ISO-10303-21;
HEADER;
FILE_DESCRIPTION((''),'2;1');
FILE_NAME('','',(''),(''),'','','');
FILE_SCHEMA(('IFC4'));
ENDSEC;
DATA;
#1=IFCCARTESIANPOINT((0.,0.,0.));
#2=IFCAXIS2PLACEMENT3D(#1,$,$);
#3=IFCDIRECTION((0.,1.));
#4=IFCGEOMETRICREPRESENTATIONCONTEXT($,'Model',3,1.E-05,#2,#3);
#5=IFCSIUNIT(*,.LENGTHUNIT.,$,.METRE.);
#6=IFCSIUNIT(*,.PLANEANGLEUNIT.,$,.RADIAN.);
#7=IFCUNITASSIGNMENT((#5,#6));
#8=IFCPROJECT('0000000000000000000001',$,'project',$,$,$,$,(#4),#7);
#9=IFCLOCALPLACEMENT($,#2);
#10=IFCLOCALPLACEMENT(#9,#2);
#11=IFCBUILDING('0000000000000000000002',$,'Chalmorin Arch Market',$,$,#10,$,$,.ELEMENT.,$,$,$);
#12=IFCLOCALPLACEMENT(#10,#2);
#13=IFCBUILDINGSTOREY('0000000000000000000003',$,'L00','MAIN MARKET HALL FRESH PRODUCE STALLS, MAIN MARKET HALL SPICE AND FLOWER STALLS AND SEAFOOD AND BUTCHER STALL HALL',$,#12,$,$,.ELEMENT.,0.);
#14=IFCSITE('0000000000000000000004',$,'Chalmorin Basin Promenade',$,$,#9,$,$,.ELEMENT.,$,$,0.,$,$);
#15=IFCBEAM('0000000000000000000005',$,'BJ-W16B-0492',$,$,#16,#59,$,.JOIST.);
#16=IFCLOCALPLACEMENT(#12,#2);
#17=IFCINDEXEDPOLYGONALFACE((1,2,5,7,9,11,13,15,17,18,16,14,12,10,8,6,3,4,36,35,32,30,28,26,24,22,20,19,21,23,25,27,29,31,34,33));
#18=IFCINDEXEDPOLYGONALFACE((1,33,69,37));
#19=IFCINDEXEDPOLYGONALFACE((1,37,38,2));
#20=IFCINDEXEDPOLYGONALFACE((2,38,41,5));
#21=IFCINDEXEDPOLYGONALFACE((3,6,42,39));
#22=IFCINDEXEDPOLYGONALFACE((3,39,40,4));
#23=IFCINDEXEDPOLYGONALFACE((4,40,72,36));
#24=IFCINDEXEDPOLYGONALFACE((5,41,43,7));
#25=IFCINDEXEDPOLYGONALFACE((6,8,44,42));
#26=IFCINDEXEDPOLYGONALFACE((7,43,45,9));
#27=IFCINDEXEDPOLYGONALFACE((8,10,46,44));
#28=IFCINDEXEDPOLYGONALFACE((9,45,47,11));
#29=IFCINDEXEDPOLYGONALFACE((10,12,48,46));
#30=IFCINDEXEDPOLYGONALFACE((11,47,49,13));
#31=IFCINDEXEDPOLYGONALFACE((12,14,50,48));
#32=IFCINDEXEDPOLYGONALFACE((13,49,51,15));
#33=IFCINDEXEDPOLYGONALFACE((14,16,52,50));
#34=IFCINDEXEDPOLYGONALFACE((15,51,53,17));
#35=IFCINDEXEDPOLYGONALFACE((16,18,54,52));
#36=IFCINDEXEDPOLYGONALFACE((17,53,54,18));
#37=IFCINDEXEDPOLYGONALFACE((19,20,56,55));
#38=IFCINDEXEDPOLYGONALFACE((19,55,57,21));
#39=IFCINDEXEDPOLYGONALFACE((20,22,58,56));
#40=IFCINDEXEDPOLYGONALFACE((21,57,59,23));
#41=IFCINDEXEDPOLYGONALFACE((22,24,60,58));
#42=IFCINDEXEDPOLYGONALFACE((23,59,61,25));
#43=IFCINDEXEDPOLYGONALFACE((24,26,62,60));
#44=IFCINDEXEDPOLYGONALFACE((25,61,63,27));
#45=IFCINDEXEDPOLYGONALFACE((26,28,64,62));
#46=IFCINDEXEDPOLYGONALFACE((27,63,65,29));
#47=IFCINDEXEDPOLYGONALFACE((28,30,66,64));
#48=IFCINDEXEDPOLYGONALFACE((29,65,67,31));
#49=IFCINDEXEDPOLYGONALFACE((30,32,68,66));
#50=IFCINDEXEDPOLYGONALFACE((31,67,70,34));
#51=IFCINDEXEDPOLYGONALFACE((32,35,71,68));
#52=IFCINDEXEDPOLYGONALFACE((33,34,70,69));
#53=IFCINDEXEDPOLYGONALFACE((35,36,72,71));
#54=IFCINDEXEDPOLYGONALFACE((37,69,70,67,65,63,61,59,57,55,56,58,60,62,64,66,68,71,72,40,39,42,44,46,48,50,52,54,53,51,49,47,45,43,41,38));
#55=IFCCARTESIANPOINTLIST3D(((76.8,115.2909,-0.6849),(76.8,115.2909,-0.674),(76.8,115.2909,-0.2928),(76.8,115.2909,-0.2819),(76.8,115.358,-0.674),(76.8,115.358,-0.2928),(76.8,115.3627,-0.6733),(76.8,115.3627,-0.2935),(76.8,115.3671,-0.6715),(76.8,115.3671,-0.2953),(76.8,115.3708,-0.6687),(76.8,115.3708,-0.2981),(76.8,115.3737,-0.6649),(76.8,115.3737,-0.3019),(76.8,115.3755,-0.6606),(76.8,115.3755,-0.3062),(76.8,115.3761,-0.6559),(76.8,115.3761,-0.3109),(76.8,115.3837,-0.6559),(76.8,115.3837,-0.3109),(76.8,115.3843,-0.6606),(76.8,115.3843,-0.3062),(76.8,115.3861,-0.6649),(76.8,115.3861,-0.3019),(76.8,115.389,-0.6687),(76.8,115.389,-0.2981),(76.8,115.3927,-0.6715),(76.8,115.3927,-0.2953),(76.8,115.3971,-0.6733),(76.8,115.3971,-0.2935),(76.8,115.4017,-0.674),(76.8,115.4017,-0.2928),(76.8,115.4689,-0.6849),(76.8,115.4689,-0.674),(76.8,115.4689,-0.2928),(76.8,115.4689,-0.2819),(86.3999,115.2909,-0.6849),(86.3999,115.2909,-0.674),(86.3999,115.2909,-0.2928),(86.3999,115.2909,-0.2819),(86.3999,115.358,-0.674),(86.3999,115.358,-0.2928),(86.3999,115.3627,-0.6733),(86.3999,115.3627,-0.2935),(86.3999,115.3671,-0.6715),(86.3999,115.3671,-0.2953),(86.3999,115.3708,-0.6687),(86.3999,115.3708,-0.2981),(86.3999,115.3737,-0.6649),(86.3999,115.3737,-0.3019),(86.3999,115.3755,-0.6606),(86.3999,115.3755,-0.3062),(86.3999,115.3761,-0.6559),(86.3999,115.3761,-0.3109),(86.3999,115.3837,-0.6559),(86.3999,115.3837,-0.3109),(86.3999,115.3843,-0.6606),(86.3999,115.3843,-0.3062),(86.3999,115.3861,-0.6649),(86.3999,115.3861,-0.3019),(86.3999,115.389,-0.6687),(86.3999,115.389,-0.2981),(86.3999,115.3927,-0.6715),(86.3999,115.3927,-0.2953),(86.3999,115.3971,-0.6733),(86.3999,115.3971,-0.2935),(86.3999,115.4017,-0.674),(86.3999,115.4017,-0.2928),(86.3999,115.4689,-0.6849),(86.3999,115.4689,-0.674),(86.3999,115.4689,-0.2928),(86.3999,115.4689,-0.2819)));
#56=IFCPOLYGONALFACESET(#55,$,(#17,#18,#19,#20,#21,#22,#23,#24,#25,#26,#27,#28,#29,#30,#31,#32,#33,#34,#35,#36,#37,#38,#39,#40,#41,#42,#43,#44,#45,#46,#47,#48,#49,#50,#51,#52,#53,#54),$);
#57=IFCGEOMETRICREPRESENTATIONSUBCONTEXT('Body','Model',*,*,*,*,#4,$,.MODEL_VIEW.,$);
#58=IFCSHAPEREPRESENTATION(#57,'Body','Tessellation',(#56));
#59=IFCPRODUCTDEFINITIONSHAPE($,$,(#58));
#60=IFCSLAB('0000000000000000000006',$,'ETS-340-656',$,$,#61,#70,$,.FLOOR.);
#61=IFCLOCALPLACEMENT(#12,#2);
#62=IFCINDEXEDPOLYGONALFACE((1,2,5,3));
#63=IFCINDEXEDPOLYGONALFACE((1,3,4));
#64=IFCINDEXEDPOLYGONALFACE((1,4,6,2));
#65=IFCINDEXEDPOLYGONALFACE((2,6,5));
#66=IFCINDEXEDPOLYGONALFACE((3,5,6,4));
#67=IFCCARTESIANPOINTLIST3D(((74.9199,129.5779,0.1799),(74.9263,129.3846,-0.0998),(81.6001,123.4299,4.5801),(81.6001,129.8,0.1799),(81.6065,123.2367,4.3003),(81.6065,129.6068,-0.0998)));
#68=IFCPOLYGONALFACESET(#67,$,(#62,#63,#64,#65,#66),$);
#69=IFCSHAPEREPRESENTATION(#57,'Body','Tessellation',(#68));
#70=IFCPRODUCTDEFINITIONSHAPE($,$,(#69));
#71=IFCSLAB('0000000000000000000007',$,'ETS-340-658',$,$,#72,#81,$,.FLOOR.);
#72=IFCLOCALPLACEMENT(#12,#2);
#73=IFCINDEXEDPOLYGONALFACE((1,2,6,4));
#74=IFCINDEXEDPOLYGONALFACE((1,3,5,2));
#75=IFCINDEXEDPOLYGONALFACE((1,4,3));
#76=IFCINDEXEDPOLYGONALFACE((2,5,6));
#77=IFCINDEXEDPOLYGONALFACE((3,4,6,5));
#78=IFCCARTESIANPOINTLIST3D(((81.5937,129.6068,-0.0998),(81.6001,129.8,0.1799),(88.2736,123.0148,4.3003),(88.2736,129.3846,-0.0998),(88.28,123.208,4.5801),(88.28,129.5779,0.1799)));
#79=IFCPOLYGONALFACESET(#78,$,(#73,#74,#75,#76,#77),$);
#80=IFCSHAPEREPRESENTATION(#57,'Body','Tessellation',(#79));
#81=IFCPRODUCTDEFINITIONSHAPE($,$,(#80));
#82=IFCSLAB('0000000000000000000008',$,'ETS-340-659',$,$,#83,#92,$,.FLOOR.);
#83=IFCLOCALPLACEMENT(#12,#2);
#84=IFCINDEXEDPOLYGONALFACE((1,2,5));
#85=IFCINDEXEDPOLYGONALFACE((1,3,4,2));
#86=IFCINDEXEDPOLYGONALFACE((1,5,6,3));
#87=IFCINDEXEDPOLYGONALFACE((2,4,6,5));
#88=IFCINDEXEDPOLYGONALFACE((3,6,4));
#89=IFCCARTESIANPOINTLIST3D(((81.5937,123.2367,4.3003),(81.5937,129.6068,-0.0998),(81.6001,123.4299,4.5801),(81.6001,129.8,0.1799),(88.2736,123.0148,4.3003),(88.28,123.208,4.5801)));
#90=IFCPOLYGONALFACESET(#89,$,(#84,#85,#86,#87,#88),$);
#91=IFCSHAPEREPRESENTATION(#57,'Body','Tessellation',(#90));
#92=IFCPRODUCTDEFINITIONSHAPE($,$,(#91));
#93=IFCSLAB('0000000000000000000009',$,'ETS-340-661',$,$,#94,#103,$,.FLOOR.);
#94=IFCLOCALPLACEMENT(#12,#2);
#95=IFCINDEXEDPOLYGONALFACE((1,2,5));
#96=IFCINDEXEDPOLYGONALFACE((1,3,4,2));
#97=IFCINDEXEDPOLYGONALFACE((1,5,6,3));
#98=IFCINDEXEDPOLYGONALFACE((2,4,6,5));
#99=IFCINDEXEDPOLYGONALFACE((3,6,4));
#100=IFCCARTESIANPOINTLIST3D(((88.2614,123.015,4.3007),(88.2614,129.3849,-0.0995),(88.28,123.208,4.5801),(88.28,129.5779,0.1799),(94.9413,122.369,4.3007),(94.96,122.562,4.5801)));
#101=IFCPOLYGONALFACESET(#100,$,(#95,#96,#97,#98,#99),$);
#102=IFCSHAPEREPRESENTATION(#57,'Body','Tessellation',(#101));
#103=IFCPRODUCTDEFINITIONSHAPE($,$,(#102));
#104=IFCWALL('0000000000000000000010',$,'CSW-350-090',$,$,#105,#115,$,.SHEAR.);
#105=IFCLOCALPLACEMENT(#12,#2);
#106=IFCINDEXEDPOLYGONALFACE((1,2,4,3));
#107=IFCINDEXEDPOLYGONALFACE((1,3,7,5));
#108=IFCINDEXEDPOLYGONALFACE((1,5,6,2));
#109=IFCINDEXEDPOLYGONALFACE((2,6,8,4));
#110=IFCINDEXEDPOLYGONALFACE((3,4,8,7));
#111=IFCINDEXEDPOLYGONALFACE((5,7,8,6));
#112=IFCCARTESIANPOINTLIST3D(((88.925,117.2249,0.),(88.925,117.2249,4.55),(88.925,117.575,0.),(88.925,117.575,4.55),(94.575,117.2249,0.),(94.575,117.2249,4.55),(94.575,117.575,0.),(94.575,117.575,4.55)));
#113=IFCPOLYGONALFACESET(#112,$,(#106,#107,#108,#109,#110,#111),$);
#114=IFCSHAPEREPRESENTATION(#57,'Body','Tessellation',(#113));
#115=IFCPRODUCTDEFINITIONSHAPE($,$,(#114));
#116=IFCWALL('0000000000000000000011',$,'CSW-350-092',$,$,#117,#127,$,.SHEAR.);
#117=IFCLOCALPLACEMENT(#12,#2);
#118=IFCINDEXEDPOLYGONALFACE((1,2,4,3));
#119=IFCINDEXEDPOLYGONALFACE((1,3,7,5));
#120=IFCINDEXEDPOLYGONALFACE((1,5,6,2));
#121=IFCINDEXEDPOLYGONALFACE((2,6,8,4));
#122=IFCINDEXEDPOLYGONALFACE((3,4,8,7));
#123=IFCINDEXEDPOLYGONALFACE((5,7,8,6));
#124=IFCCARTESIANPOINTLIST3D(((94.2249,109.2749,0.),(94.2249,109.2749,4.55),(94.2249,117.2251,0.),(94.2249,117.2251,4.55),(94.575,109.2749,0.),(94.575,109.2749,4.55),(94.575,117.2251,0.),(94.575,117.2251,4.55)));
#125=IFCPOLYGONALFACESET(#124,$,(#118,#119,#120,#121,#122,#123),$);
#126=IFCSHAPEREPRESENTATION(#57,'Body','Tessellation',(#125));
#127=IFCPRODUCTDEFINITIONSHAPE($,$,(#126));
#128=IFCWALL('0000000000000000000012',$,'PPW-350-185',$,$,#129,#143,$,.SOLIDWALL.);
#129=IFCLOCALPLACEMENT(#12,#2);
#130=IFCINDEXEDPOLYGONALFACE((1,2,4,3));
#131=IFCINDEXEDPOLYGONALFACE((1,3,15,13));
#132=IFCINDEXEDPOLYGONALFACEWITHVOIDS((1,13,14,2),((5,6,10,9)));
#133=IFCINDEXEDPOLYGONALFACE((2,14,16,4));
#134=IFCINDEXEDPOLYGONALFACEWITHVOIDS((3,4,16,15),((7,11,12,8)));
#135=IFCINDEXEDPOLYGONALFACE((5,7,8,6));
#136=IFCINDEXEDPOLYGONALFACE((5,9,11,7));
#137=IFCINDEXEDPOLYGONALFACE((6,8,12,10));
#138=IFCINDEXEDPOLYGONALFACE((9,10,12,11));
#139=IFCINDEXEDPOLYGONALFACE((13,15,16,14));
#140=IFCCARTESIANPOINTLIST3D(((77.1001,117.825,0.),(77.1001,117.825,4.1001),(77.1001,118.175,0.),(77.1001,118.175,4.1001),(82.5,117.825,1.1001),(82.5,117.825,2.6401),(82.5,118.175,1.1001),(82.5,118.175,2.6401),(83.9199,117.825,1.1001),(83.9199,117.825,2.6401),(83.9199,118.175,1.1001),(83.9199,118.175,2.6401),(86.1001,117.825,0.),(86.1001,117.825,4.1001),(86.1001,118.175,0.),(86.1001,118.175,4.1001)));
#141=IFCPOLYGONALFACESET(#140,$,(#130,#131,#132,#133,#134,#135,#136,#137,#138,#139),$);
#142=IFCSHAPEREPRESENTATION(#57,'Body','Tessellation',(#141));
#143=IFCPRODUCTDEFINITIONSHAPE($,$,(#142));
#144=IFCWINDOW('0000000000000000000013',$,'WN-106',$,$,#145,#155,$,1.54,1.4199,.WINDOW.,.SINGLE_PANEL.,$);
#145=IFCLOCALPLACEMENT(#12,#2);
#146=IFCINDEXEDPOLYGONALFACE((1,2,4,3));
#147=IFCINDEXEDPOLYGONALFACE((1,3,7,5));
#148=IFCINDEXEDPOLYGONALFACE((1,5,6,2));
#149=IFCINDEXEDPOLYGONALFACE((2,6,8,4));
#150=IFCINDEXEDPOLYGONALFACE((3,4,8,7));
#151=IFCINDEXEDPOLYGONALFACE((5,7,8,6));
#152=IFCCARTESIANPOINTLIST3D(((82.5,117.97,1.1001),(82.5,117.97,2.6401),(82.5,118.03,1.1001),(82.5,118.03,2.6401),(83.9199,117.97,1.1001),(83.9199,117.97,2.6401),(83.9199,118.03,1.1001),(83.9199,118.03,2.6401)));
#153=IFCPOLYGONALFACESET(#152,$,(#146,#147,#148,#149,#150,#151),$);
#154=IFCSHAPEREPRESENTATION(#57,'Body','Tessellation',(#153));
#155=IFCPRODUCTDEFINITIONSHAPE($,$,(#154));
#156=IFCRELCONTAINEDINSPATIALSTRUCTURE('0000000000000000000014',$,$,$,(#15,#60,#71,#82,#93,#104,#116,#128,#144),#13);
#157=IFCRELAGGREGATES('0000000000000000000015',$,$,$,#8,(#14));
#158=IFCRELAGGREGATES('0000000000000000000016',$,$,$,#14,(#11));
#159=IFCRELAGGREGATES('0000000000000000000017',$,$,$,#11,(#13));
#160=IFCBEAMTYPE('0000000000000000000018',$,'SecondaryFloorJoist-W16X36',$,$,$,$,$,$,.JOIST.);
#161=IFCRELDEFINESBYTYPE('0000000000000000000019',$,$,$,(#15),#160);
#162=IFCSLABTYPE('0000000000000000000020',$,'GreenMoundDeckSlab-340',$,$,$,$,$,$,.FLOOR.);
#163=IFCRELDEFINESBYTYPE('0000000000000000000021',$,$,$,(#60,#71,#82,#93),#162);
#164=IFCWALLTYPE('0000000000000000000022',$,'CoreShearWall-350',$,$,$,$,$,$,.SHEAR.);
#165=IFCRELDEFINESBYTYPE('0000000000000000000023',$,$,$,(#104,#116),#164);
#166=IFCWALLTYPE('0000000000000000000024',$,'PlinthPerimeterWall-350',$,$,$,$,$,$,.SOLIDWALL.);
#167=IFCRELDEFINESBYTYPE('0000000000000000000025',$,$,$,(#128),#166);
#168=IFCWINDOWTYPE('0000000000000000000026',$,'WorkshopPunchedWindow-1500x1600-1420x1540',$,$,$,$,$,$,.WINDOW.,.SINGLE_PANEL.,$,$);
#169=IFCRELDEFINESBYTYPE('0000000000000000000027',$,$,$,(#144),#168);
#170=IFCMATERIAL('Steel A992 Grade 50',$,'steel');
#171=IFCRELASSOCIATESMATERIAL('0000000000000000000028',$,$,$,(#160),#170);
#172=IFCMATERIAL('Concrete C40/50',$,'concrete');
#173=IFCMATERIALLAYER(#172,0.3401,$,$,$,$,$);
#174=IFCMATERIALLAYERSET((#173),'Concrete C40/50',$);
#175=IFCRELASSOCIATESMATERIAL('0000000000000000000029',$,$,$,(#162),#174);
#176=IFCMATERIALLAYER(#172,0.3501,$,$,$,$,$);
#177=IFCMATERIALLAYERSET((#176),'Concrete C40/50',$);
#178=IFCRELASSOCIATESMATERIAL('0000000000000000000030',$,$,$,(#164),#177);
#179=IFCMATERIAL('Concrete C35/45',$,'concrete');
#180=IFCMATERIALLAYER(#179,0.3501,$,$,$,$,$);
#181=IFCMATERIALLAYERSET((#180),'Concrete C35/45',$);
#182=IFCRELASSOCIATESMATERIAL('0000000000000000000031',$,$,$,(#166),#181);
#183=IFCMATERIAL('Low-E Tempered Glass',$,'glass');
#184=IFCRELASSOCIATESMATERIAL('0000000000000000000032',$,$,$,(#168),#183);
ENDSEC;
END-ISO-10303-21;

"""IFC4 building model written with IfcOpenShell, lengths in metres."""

from ifc_helpers import new_model, si_unit, direction, frame, frame_2d, origin, origin_2d, place, context, subcontext, project, spatial, polyline, rectangle, i_section, outline, extrude, material, layer, layer_set, material_profile, profile_set, type_object, element, fill, save


model = new_model("IFC4")

# Units and contexts
model_context = context("Model", 3, precision=1e-05, world=origin(), true_north=direction((0.0, 1.0)))
body_context = subcontext(model_context, "Body", "Model", "MODEL_VIEW")
ifc_project = project(units=[si_unit("LENGTHUNIT", "METRE"), si_unit("PLANEANGLEUNIT", "RADIAN")], contexts=[model_context])

# Site, building, storey
site_placement = place(None, origin())
site = spatial("IfcSite", under=ifc_project, at=site_placement, Name="Chalmorin Basin Promenade", CompositionType="ELEMENT", RefElevation=0.0)
building_placement = place(site_placement, origin())
building = spatial("IfcBuilding", under=site, at=building_placement, Name="Chalmorin Arch Market", CompositionType="ELEMENT")
storey_placement = place(building_placement, origin())
storey = spatial("IfcBuildingStorey", under=building, at=storey_placement, Name="L00", Description="MAIN MARKET HALL FRESH PRODUCE STALLS, MAIN MARKET HALL SPICE AND FLOWER STALLS AND SEAFOOD AND BUTCHER STALL HALL", CompositionType="ELEMENT", Elevation=0.0)

# Shared definitions
ifc_material_1 = material(Name="Concrete C40/50", Category="concrete")

# Beam
ifc_material_2 = material(Name="Steel A992 Grade 50", Category="steel")
ifc_material_profile_1 = material_profile(ifc_material_2, i_section(OverallWidth=0.178, OverallDepth=0.4031, WebThickness=0.0076, FlangeThickness=0.011, FilletRadius=0.0181, at=origin_2d()), Name="W16X36")
ifc_profile_set_1 = profile_set([ifc_material_profile_1], Name="Steel A992 Grade 50")
beam_type_1 = type_object("IfcBeamType", Name="SecondaryFloorJoist-W16X36", PredefinedType="JOIST", material=ifc_profile_set_1)
beam_1_placement = place(storey_placement, frame((76.8, 115.3799, -0.4834), z_axis=(1.0, 0.0, 0.0), x_axis=(0.0, 1.0, 0.0)))
element("IfcBeam", 1, at=beam_1_placement, inside=storey, type_object=beam_type_1, Name="BJ-W16B-0492", PredefinedType="JOIST", context=body_context, shape_type="SweptSolid", body=[
    extrude(i_section(OverallWidth=0.178, OverallDepth=0.4031, WebThickness=0.0076, FlangeThickness=0.011, FilletRadius=0.0181, at=origin_2d()), origin(), (0.0, 0.0, 1.0), 9.5999),
])

# Slabs
ifc_layer_1 = layer(ifc_material_1, 0.3401)
ifc_layer_set_1 = layer_set([ifc_layer_1], Name="Concrete C40/50")
slab_type = type_object("IfcSlabType", Name="GreenMoundDeckSlab-340", PredefinedType="FLOOR", material=ifc_layer_set_1)
slab_1_placement = place(storey_placement, frame((81.6001, 123.4299, 4.5801), z_axis=(-0.018898, 0.568241, 0.822645), x_axis=(0.0, 0.822792, -0.568342)))
element("IfcSlab", 2, at=slab_1_placement, inside=storey, type_object=slab_type, Name="ETS-340-656", PredefinedType="FLOOR", context=body_context, shape_type="SweptSolid", body=[
    extrude(outline(polyline([(0.0, 0.0), (7.7421, 0.0), (7.5593, 6.6814), (0.0, 0.0)])), origin(), (0.0, 0.0, -1.0), 0.3401),
])
slab_2_placement = place(storey_placement, frame((88.28, 123.208, 4.5801), z_axis=(0.0189, 0.568255, 0.822635), x_axis=(0.0, 0.822782, -0.568357)))
element("IfcSlab", 3, at=slab_2_placement, inside=storey, type_object=slab_type, Name="ETS-340-658", PredefinedType="FLOOR", context=body_context, shape_type="SweptSolid", body=[
    extrude(outline(polyline([(0.0, 0.0), (7.7419, 0.0), (7.9247, 6.6811), (0.0, 0.0)])), origin(), (0.0, 0.0, -1.0), 0.3401),
])
slab_3_placement = place(storey_placement, frame((81.6001, 123.4299, 4.5801), z_axis=(0.018878, 0.568241, 0.822646), x_axis=(0.999449, -0.033204, 0.0)))
element("IfcSlab", 4, at=slab_3_placement, inside=storey, type_object=slab_type, Name="ETS-340-659", PredefinedType="FLOOR", context=body_context, shape_type="SweptSolid", body=[
    extrude(outline(polyline([(0.0, 0.0), (6.6836, 0.0), (-0.2115, 7.7392), (0.0, 0.0)])), origin(), (0.0, 0.0, -1.0), 0.3401),
])
slab_4_placement = place(storey_placement, frame((88.28, 123.208, 4.5801), z_axis=(0.054881, 0.5675, 0.821542), x_axis=(0.995356, -0.096258, 0.0)))
element("IfcSlab", 5, at=slab_4_placement, inside=storey, type_object=slab_type, Name="ETS-340-661", PredefinedType="FLOOR", context=body_context, shape_type="SweptSolid", body=[
    extrude(outline(polyline([(0.0, 0.0), (6.7111, 0.0), (-0.6132, 7.7176), (0.0, 0.0)])), origin(), (0.0, 0.0, -1.0), 0.3401),
])

# Walls
ifc_layer_2 = layer(ifc_material_1, 0.3501)
ifc_layer_set_2 = layer_set([ifc_layer_2], Name="Concrete C40/50")
wall_type_1 = type_object("IfcWallType", Name="CoreShearWall-350", PredefinedType="SHEAR", material=ifc_layer_set_2)
wall_1_placement = place(storey_placement, frame((88.925, 117.3999, 0.0), z_axis=(0.0, 0.0, 1.0), x_axis=(1.0, 0.0, 0.0)))
element("IfcWall", 6, at=wall_1_placement, inside=storey, type_object=wall_type_1, Name="CSW-350-090", PredefinedType="SHEAR", context=body_context, shape_type="SweptSolid", body=[
    extrude(rectangle(XDim=5.6499, YDim=0.3501, at=frame_2d((2.825, 0.0))), origin(), (0.0, 0.0, 1.0), 4.55),
])
wall_2_placement = place(storey_placement, frame((94.3999, 117.2251, 0.0), z_axis=(0.0, 0.0, 1.0), x_axis=(0.0, -1.0, 0.0)))
element("IfcWall", 7, at=wall_2_placement, inside=storey, type_object=wall_type_1, Name="CSW-350-092", PredefinedType="SHEAR", context=body_context, shape_type="SweptSolid", body=[
    extrude(rectangle(XDim=7.9502, YDim=0.3501, at=frame_2d((3.9751, 0.0))), origin(), (0.0, 0.0, 1.0), 4.55),
])

# Wall, opening, window
ifc_material_3 = material(Name="Concrete C35/45", Category="concrete")
ifc_layer_3 = layer(ifc_material_3, 0.3501)
ifc_layer_set_3 = layer_set([ifc_layer_3], Name="Concrete C35/45")
wall_type_2 = type_object("IfcWallType", Name="PlinthPerimeterWall-350", PredefinedType="SOLIDWALL", material=ifc_layer_set_3)
wall_3_placement = place(storey_placement, frame((77.1001, 118.0, 0.0), z_axis=(0.0, 0.0, 1.0), x_axis=(1.0, 0.0, 0.0)))
wall_3 = element("IfcWall", 8, at=wall_3_placement, inside=storey, type_object=wall_type_2, Name="PPW-350-185", PredefinedType="SOLIDWALL", context=body_context, shape_type="SweptSolid", body=[
    extrude(rectangle(XDim=9.0, YDim=0.3501, at=frame_2d((4.5, 0.0))), origin(), (0.0, 0.0, 1.0), 4.1001),
])
opening_1_placement = place(wall_3_placement, frame((5.3999, 0.0, 1.1001)))
opening_1 = element("IfcOpeningElement", 9, at=opening_1_placement, cuts=wall_3, PredefinedType="OPENING", context=body_context, shape_type="SweptSolid", body=[
    extrude(rectangle(XDim=1.4199, YDim=1.54, at=frame_2d((0.71, 0.77))), frame((0.0, 0.1851, 0.0), z_axis=(0.0, -1.0, 0.0), x_axis=(1.0, 0.0, 0.0)), (0.0, 0.0, 1.0), 0.3701),
])
ifc_material_4 = material(Name="Low-E Tempered Glass", Category="glass")
window_type_1 = type_object("IfcWindowType", Name="WorkshopPunchedWindow-1500x1600-1420x1540", PartitioningType="SINGLE_PANEL", PredefinedType="WINDOW", material=ifc_material_4)
window_1_placement = place(opening_1_placement, origin())
window_1 = element("IfcWindow", 10, at=window_1_placement, inside=storey, type_object=window_type_1, Name="WN-106", OverallHeight=1.54, OverallWidth=1.4199, PartitioningType="SINGLE_PANEL", PredefinedType="WINDOW", context=body_context, shape_type="SweptSolid", body=[
    extrude(rectangle(XDim=1.4199, YDim=1.54, at=frame_2d((0.71, 0.77))), frame((0.0, 0.03, 0.0), z_axis=(0.0, -1.0, 0.0), x_axis=(1.0, 0.0, 0.0)), (0.0, 0.0, 1.0), 0.0601),
])
fill(opening_1, window_1)

save(model, "model.ifc")
